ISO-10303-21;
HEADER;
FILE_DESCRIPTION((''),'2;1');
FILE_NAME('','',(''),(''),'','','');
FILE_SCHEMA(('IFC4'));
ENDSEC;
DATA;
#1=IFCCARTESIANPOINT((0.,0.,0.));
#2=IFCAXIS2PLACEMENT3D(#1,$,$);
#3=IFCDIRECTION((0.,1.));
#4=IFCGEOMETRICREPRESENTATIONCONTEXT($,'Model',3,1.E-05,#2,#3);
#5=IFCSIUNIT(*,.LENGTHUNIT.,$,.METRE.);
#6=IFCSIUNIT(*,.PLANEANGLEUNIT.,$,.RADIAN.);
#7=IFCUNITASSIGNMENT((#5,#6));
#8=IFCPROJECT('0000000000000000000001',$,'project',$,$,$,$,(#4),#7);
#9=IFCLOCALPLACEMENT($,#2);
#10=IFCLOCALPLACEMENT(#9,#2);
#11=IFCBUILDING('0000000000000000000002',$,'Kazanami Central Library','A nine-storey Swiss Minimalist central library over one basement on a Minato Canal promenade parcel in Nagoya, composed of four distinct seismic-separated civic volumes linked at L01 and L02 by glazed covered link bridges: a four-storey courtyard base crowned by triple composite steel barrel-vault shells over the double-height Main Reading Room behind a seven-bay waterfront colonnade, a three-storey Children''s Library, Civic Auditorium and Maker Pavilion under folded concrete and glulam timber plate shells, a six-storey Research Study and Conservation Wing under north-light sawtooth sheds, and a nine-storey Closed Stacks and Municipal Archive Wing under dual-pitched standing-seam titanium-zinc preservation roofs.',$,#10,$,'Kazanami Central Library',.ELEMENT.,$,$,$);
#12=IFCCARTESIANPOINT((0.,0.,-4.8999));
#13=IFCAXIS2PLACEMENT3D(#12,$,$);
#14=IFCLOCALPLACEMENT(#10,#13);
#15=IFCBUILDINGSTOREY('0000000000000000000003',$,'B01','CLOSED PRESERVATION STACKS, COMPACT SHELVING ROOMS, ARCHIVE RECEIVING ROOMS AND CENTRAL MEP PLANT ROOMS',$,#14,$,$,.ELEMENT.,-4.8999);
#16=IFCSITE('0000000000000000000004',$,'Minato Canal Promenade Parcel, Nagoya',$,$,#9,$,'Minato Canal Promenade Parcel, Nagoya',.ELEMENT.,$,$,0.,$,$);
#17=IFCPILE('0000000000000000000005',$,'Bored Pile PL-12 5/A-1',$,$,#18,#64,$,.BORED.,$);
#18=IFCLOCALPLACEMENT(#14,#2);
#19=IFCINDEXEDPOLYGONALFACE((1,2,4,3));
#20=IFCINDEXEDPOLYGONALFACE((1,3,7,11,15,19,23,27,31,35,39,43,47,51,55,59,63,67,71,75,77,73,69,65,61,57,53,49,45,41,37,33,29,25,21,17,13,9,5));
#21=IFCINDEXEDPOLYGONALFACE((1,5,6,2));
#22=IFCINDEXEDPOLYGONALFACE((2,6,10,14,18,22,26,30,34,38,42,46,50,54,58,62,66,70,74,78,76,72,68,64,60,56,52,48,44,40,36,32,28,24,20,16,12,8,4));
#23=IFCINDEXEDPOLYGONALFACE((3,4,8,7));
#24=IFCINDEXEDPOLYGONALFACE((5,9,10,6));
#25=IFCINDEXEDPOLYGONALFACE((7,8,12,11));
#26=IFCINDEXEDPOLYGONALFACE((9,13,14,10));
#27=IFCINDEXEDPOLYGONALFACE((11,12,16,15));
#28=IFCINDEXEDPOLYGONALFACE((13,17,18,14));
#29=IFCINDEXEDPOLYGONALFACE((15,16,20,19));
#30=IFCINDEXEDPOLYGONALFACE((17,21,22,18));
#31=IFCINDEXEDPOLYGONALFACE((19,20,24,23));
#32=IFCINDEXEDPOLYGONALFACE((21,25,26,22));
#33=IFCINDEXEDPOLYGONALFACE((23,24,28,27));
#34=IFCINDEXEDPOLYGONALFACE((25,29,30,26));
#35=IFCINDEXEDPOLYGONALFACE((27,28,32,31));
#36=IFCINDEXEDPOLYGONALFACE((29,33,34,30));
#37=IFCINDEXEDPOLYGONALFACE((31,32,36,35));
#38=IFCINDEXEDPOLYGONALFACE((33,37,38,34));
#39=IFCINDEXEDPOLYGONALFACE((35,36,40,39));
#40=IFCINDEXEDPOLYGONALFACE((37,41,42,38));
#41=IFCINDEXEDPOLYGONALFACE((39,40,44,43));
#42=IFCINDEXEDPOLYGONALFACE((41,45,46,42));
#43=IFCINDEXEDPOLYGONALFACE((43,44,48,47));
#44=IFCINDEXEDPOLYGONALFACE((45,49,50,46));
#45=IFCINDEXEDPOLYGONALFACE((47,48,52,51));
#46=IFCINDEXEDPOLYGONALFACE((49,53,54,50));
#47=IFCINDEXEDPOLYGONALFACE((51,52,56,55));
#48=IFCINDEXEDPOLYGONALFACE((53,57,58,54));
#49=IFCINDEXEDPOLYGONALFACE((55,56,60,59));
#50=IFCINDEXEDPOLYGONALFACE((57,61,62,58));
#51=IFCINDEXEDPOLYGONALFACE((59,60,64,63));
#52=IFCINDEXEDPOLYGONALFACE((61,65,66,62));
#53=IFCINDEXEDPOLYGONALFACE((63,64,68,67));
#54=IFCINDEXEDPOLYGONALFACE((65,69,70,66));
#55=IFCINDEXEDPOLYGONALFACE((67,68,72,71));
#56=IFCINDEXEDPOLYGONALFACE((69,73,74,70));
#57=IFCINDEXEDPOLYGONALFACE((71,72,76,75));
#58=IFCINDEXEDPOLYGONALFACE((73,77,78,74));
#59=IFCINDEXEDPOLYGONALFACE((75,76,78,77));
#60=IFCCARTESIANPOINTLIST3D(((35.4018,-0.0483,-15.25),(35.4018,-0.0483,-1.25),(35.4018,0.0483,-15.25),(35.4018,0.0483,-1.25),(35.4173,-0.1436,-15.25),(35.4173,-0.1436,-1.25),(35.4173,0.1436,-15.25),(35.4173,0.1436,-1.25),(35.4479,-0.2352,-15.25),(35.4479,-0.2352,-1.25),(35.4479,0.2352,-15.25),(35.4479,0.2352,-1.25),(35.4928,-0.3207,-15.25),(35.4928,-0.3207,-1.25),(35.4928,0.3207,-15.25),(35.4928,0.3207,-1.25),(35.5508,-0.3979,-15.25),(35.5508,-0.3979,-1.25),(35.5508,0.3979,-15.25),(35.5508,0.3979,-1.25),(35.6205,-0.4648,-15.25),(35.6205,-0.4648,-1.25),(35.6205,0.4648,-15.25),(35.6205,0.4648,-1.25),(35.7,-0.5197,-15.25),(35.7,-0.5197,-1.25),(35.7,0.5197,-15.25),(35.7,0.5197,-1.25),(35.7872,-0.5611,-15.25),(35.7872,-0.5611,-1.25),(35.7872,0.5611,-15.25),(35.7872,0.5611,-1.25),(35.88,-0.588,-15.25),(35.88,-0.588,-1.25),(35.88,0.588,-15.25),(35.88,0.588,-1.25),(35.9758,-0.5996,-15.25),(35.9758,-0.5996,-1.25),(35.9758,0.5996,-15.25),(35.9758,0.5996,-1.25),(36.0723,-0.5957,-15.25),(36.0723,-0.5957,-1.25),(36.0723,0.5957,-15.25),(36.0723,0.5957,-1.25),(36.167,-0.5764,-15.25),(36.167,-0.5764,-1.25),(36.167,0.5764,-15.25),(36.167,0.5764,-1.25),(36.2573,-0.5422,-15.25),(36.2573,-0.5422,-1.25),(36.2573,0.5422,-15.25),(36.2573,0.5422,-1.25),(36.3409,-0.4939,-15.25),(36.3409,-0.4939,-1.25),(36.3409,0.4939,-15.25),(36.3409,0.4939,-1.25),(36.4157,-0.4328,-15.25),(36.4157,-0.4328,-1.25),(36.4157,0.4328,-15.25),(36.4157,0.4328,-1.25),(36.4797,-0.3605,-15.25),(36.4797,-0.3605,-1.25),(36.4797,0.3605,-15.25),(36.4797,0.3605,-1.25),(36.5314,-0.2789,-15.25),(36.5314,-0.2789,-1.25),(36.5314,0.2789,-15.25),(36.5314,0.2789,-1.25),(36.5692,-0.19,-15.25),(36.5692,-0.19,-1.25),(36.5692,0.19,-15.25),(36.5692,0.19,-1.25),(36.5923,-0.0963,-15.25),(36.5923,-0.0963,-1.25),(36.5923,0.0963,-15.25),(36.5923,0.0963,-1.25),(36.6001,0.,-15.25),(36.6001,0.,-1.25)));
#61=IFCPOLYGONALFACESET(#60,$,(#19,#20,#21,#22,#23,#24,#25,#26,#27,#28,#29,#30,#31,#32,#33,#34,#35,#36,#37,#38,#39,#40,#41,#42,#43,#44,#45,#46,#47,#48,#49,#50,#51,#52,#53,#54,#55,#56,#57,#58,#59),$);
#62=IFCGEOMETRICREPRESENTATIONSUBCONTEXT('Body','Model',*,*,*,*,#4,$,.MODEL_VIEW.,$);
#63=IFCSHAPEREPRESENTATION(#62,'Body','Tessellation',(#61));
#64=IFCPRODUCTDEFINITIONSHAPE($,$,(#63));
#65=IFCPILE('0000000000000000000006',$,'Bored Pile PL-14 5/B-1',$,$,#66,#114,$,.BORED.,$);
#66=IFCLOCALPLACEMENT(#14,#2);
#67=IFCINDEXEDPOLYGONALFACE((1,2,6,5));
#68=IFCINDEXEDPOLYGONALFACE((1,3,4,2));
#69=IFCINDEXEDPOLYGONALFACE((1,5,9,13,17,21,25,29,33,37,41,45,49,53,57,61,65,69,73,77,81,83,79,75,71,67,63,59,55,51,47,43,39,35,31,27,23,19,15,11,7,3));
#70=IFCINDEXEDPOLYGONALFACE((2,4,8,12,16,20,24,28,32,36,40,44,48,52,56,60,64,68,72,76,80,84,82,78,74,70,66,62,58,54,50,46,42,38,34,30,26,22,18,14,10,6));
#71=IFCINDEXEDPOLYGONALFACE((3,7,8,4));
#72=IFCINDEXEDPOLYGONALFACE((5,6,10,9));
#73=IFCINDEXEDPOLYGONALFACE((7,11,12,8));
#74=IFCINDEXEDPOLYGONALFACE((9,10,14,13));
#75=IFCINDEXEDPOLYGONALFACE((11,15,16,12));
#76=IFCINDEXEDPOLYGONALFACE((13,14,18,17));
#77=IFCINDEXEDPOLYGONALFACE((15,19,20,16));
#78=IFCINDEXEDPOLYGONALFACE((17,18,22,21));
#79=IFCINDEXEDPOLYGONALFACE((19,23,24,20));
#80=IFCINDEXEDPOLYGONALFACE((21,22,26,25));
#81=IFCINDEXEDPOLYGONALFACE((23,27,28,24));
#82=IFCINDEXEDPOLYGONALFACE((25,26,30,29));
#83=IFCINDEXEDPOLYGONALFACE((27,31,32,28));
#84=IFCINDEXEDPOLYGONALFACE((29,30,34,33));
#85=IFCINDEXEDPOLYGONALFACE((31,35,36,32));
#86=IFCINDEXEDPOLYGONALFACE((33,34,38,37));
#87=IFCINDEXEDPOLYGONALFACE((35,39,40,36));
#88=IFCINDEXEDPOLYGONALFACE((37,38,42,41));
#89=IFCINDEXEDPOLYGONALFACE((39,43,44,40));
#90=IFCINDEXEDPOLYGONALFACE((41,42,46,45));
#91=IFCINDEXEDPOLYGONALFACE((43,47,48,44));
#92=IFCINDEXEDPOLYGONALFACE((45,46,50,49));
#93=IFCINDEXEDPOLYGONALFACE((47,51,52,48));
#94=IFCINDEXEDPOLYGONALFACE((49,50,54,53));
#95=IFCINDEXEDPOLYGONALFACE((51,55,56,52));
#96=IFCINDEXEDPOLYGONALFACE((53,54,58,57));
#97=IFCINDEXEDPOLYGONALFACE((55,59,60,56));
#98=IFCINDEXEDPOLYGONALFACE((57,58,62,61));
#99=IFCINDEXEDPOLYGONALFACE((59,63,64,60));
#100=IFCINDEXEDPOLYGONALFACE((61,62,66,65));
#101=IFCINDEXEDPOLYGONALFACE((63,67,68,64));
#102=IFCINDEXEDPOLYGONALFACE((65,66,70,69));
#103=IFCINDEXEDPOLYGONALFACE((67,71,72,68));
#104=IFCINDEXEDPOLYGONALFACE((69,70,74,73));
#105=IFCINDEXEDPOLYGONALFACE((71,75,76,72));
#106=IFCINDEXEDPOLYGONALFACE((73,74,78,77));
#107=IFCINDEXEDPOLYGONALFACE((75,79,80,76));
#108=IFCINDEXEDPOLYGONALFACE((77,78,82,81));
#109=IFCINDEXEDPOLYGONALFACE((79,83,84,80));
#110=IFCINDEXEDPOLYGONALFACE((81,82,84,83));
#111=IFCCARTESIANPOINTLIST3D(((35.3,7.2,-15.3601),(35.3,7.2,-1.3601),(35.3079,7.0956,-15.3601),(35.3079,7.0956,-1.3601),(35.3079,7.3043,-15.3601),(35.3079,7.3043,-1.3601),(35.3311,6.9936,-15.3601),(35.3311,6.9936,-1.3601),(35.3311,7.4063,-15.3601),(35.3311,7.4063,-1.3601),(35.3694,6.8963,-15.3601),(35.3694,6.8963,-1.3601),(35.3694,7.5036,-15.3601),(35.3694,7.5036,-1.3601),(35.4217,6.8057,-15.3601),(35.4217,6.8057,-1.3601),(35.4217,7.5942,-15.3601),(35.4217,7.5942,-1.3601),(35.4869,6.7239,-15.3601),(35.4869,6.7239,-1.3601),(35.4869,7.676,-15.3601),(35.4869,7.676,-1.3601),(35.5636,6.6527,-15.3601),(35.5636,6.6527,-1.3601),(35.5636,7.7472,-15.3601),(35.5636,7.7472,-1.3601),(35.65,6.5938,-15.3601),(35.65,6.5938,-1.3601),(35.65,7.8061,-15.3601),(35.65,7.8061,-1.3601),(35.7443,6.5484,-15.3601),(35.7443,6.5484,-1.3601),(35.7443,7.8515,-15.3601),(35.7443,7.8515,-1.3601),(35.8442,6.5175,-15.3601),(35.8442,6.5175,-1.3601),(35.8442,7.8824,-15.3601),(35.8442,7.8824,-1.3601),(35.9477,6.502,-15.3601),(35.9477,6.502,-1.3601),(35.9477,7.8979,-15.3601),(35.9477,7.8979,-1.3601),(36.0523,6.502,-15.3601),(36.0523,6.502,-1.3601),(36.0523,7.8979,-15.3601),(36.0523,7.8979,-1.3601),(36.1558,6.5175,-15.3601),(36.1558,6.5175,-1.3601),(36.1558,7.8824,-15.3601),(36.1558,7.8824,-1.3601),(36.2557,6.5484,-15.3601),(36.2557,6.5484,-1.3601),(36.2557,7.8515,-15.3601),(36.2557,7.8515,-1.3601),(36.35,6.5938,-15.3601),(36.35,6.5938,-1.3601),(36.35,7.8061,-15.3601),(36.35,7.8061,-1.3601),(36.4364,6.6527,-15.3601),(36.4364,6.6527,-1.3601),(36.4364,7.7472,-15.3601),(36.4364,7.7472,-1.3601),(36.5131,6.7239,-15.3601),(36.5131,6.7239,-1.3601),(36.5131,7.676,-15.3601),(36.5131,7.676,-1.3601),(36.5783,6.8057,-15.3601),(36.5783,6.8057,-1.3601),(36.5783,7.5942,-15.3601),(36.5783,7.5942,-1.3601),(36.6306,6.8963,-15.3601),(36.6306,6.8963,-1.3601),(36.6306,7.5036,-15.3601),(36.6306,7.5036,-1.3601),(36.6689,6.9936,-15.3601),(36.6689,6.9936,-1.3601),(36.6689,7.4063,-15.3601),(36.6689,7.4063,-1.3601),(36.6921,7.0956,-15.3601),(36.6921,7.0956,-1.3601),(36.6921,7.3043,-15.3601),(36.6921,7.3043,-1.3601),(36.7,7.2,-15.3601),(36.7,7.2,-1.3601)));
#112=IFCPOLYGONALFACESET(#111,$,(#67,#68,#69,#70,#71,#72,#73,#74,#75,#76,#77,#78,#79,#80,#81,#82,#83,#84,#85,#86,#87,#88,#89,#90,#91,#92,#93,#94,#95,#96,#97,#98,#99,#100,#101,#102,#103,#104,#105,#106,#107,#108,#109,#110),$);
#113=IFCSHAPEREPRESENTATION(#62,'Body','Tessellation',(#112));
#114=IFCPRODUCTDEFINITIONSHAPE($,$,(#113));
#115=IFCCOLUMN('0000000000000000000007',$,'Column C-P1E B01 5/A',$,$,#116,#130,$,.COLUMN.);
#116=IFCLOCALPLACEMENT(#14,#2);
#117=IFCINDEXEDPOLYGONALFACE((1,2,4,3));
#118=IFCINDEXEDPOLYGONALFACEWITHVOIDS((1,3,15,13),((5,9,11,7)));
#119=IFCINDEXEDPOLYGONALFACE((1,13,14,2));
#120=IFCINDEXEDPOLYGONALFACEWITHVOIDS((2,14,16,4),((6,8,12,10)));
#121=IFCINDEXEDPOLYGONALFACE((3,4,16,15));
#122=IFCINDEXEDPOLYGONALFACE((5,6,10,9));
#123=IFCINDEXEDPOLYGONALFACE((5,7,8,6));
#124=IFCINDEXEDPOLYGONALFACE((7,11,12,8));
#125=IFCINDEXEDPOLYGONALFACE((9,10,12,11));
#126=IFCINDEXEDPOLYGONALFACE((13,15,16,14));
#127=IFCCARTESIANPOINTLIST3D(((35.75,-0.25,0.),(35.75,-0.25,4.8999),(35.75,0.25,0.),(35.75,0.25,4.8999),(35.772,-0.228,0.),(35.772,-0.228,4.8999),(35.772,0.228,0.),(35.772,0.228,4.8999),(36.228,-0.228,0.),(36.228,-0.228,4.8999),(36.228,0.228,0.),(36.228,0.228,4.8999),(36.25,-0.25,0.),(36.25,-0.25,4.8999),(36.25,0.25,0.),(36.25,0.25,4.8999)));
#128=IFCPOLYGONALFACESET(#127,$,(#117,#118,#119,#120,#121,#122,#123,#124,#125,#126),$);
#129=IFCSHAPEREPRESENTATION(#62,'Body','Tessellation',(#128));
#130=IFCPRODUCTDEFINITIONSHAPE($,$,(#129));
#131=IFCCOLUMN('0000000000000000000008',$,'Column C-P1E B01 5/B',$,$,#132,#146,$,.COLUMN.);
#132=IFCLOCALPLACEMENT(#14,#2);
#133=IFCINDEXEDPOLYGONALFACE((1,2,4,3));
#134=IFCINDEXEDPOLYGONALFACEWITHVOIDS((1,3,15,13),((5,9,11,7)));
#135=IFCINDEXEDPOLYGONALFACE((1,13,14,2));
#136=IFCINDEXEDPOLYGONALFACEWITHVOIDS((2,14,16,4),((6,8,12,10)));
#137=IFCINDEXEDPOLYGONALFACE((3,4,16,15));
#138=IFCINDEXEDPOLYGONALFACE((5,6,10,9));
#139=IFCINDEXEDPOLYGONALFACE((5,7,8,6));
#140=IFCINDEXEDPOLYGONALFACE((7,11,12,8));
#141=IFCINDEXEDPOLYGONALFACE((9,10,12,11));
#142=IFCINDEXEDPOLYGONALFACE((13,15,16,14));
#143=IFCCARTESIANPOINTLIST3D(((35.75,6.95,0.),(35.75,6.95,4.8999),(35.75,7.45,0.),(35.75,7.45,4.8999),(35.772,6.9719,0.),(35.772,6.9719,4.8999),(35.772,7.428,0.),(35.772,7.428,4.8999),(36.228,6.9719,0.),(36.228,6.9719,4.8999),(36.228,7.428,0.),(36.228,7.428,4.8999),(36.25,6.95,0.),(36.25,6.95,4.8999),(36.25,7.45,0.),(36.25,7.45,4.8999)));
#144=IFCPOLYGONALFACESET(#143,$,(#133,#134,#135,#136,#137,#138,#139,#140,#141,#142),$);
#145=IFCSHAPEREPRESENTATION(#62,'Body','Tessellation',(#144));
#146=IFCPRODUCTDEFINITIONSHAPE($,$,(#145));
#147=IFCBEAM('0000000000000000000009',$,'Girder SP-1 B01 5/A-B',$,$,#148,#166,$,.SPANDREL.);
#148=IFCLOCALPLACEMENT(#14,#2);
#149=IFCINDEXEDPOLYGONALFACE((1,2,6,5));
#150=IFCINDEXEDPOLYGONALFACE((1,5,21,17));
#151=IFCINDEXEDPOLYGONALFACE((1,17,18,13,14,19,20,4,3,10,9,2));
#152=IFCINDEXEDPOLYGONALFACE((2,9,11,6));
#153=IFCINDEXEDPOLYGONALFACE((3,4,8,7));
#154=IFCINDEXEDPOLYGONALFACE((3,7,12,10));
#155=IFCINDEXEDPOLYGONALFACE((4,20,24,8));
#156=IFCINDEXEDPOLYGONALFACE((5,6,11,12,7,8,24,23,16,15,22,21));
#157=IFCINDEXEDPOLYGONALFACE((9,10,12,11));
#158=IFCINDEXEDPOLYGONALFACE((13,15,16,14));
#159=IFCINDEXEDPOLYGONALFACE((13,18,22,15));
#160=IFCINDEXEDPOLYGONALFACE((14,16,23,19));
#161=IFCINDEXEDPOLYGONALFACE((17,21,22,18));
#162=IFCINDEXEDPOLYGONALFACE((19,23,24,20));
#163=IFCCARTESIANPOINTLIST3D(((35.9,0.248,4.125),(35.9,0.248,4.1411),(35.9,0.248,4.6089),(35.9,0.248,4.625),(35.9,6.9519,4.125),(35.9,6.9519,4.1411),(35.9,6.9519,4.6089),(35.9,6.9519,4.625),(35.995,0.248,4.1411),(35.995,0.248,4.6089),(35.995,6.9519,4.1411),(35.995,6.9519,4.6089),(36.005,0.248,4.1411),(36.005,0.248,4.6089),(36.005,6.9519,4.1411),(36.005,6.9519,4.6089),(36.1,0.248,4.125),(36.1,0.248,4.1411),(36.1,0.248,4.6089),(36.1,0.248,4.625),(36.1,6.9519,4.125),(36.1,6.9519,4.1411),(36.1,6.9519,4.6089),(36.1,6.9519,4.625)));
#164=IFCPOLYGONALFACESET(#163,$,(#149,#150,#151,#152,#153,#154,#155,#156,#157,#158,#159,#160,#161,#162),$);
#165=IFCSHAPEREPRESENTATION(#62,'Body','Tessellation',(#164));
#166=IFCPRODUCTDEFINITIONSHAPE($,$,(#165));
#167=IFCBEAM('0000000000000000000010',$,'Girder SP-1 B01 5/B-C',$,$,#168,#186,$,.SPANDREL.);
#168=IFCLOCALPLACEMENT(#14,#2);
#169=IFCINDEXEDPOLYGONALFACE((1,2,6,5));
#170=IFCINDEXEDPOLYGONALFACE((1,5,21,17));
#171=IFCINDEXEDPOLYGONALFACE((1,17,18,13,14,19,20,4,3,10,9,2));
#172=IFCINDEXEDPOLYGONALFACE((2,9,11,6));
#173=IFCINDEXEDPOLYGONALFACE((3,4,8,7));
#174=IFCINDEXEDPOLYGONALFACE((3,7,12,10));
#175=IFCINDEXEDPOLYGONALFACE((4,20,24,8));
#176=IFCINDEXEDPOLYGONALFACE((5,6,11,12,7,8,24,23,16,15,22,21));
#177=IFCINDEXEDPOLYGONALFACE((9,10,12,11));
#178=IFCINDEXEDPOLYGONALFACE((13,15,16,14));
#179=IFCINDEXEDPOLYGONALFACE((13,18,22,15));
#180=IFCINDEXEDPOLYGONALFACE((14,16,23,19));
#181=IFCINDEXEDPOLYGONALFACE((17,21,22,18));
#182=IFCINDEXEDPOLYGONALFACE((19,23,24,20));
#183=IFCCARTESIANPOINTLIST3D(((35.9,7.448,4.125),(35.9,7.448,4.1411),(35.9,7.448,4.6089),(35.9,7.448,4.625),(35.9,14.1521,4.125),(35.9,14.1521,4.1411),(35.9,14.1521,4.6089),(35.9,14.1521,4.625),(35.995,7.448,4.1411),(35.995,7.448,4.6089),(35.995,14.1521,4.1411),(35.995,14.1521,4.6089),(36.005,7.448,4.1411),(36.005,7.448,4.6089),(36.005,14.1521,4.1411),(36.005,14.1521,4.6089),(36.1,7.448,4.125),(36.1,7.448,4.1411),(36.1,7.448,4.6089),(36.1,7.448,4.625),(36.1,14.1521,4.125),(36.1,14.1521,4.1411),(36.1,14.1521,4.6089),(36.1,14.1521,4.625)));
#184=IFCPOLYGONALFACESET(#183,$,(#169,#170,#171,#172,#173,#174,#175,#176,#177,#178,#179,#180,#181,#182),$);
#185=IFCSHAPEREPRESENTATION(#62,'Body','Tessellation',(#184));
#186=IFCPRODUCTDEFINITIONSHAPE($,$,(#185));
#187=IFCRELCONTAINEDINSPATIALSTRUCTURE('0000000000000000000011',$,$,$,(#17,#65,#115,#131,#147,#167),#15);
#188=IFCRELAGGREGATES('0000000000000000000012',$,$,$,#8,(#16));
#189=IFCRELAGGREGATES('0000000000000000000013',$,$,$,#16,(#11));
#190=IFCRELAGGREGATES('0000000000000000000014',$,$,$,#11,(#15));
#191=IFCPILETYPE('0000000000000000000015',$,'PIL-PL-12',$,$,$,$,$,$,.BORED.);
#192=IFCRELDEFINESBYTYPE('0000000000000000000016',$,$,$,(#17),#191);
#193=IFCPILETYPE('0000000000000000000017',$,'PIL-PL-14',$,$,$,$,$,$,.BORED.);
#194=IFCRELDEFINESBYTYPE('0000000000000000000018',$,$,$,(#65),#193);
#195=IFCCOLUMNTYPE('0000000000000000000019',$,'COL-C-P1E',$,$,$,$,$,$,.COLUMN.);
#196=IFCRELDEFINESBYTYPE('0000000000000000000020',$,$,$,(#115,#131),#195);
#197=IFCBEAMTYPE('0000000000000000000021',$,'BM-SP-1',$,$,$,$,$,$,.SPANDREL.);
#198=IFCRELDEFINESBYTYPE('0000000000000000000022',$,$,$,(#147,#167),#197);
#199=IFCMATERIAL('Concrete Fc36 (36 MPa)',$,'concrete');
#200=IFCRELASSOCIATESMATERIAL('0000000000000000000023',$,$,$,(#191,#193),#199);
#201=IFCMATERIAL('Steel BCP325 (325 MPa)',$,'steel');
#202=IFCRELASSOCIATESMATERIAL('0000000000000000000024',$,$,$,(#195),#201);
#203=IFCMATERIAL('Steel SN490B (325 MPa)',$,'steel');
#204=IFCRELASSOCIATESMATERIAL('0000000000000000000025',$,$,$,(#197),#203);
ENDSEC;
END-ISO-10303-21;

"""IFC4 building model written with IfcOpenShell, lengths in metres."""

from ifc_helpers import new_model, si_unit, direction, frame, origin, origin_2d, place, context, subcontext, project, spatial, hollow_rectangle, circle, i_section, extrude, material, material_profile, profile_set, type_object, element, save


model = new_model("IFC4")

# Units and contexts
model_context = context("Model", 3, precision=1e-05, world=origin(), true_north=direction((0.0, 1.0)))
body_context = subcontext(model_context, "Body", "Model", "MODEL_VIEW")
ifc_project = project(units=[si_unit("LENGTHUNIT", "METRE"), si_unit("PLANEANGLEUNIT", "RADIAN")], contexts=[model_context])

# Site, building, storey
site_placement = place(None, origin())
site = spatial("IfcSite", under=ifc_project, at=site_placement, Name="Minato Canal Promenade Parcel, Nagoya", LongName="Minato Canal Promenade Parcel, Nagoya", CompositionType="ELEMENT", RefElevation=0.0)
building_placement = place(site_placement, origin())
building = spatial("IfcBuilding", under=site, at=building_placement, Name="Kazanami Central Library", Description="A nine-storey Swiss Minimalist central library over one basement on a Minato Canal promenade parcel in Nagoya, composed of four distinct seismic-separated civic volumes linked at L01 and L02 by glazed covered link bridges: a four-storey courtyard base crowned by triple composite steel barrel-vault shells over the double-height Main Reading Room behind a seven-bay waterfront colonnade, a three-storey Children's Library, Civic Auditorium and Maker Pavilion under folded concrete and glulam timber plate shells, a six-storey Research Study and Conservation Wing under north-light sawtooth sheds, and a nine-storey Closed Stacks and Municipal Archive Wing under dual-pitched standing-seam titanium-zinc preservation roofs.", LongName="Kazanami Central Library", CompositionType="ELEMENT")
storey_placement = place(building_placement, frame((0.0, 0.0, -4.8999)))
storey = spatial("IfcBuildingStorey", under=building, at=storey_placement, Name="B01", Description="CLOSED PRESERVATION STACKS, COMPACT SHELVING ROOMS, ARCHIVE RECEIVING ROOMS AND CENTRAL MEP PLANT ROOMS", CompositionType="ELEMENT", Elevation=-4.8999)

# Shared definitions
ifc_material_1 = material(Name="Concrete Fc36 (36 MPa)", Category="concrete")

# Piles
ifc_material_profile_1 = material_profile(ifc_material_1, circle(Radius=0.6001, at=origin_2d()), Name="BORED-D1200")
ifc_profile_set_1 = profile_set([ifc_material_profile_1], Name="Concrete Fc36 (36 MPa)")
pile_type_1 = type_object("IfcPileType", Name="PIL-PL-12", PredefinedType="BORED", material=ifc_profile_set_1)
pile_1_placement = place(storey_placement, frame((36.0, 0.0, -1.25), z_axis=(0.0, 0.0, -1.0), x_axis=(1.0, 0.0, 0.0)))
element("IfcPile", 1, at=pile_1_placement, inside=storey, type_object=pile_type_1, Name="Bored Pile PL-12 5/A-1", PredefinedType="BORED", context=body_context, shape_type="SweptSolid", body=[
    extrude(circle(Radius=0.6001, at=origin_2d()), origin(), (0.0, 0.0, 1.0), 14.0),
])
ifc_material_profile_2 = material_profile(ifc_material_1, circle(Radius=0.7, at=origin_2d()), Name="BORED-D1400")
ifc_profile_set_2 = profile_set([ifc_material_profile_2], Name="Concrete Fc36 (36 MPa)")
pile_type_2 = type_object("IfcPileType", Name="PIL-PL-14", PredefinedType="BORED", material=ifc_profile_set_2)
pile_2_placement = place(storey_placement, frame((36.0, 7.2, -1.3601), z_axis=(0.0, 0.0, -1.0), x_axis=(1.0, 0.0, 0.0)))
element("IfcPile", 2, at=pile_2_placement, inside=storey, type_object=pile_type_2, Name="Bored Pile PL-14 5/B-1", PredefinedType="BORED", context=body_context, shape_type="SweptSolid", body=[
    extrude(circle(Radius=0.7, at=origin_2d()), origin(), (0.0, 0.0, 1.0), 14.0),
])

# Columns
ifc_material_2 = material(Name="Steel BCP325 (325 MPa)", Category="steel")
ifc_material_profile_3 = material_profile(ifc_material_2, hollow_rectangle(XDim=0.5, YDim=0.5, WallThickness=0.022, at=origin_2d()), Name="BCP-500x500x22")
ifc_profile_set_3 = profile_set([ifc_material_profile_3], Name="Steel BCP325 (325 MPa)")
column_type = type_object("IfcColumnType", Name="COL-C-P1E", PredefinedType="COLUMN", material=ifc_profile_set_3)
for number, where, z_axis, x_axis, name in (
    (3, (36.0, 0.0, 0.0), (0.0, 0.0, 1.0), (1.0, 0.0, 0.0), "Column C-P1E B01 5/A"),
    (4, (36.0, 7.2, 0.0), (0.0, 0.0, 1.0), (1.0, 0.0, 0.0), "Column C-P1E B01 5/B"),
):
    element("IfcColumn", number, at=place(storey_placement, frame(where, z_axis=z_axis, x_axis=x_axis)), inside=storey, type_object=column_type, Name=name, PredefinedType="COLUMN", context=body_context, shape_type="SweptSolid", body=[
        extrude(hollow_rectangle(XDim=0.5, YDim=0.5, WallThickness=0.022, at=origin_2d()), origin(), (0.0, 0.0, 1.0), 4.8999),
    ])

# Beams
ifc_material_3 = material(Name="Steel SN490B (325 MPa)", Category="steel")
ifc_material_profile_4 = material_profile(ifc_material_3, i_section(OverallWidth=0.2, OverallDepth=0.5, WebThickness=0.01, FlangeThickness=0.0161, at=origin_2d()), Name="H-500x200x10x16")
ifc_profile_set_4 = profile_set([ifc_material_profile_4], Name="Steel SN490B (325 MPa)")
beam_type = type_object("IfcBeamType", Name="BM-SP-1", PredefinedType="SPANDREL", material=ifc_profile_set_4)
beam_1_placement = place(storey_placement, frame((36.0, 0.248, 4.375), z_axis=(0.0, 1.0, 0.0), x_axis=(-1.0, 0.0, 0.0)))
element("IfcBeam", 5, at=beam_1_placement, inside=storey, type_object=beam_type, Name="Girder SP-1 B01 5/A-B", PredefinedType="SPANDREL", context=body_context, shape_type="SweptSolid", body=[
    extrude(i_section(OverallWidth=0.2, OverallDepth=0.5, WebThickness=0.01, FlangeThickness=0.0161, at=origin_2d()), origin(), (0.0, 0.0, 1.0), 6.7039),
])
beam_2_placement = place(storey_placement, frame((36.0, 7.448, 4.375), z_axis=(0.0, 1.0, 0.0), x_axis=(-1.0, 0.0, 0.0)))
element("IfcBeam", 6, at=beam_2_placement, inside=storey, type_object=beam_type, Name="Girder SP-1 B01 5/B-C", PredefinedType="SPANDREL", context=body_context, shape_type="SweptSolid", body=[
    extrude(i_section(OverallWidth=0.2, OverallDepth=0.5, WebThickness=0.01, FlangeThickness=0.0161, at=origin_2d()), origin(), (0.0, 0.0, 1.0), 6.7041),
])

save(model, "model.ifc")
